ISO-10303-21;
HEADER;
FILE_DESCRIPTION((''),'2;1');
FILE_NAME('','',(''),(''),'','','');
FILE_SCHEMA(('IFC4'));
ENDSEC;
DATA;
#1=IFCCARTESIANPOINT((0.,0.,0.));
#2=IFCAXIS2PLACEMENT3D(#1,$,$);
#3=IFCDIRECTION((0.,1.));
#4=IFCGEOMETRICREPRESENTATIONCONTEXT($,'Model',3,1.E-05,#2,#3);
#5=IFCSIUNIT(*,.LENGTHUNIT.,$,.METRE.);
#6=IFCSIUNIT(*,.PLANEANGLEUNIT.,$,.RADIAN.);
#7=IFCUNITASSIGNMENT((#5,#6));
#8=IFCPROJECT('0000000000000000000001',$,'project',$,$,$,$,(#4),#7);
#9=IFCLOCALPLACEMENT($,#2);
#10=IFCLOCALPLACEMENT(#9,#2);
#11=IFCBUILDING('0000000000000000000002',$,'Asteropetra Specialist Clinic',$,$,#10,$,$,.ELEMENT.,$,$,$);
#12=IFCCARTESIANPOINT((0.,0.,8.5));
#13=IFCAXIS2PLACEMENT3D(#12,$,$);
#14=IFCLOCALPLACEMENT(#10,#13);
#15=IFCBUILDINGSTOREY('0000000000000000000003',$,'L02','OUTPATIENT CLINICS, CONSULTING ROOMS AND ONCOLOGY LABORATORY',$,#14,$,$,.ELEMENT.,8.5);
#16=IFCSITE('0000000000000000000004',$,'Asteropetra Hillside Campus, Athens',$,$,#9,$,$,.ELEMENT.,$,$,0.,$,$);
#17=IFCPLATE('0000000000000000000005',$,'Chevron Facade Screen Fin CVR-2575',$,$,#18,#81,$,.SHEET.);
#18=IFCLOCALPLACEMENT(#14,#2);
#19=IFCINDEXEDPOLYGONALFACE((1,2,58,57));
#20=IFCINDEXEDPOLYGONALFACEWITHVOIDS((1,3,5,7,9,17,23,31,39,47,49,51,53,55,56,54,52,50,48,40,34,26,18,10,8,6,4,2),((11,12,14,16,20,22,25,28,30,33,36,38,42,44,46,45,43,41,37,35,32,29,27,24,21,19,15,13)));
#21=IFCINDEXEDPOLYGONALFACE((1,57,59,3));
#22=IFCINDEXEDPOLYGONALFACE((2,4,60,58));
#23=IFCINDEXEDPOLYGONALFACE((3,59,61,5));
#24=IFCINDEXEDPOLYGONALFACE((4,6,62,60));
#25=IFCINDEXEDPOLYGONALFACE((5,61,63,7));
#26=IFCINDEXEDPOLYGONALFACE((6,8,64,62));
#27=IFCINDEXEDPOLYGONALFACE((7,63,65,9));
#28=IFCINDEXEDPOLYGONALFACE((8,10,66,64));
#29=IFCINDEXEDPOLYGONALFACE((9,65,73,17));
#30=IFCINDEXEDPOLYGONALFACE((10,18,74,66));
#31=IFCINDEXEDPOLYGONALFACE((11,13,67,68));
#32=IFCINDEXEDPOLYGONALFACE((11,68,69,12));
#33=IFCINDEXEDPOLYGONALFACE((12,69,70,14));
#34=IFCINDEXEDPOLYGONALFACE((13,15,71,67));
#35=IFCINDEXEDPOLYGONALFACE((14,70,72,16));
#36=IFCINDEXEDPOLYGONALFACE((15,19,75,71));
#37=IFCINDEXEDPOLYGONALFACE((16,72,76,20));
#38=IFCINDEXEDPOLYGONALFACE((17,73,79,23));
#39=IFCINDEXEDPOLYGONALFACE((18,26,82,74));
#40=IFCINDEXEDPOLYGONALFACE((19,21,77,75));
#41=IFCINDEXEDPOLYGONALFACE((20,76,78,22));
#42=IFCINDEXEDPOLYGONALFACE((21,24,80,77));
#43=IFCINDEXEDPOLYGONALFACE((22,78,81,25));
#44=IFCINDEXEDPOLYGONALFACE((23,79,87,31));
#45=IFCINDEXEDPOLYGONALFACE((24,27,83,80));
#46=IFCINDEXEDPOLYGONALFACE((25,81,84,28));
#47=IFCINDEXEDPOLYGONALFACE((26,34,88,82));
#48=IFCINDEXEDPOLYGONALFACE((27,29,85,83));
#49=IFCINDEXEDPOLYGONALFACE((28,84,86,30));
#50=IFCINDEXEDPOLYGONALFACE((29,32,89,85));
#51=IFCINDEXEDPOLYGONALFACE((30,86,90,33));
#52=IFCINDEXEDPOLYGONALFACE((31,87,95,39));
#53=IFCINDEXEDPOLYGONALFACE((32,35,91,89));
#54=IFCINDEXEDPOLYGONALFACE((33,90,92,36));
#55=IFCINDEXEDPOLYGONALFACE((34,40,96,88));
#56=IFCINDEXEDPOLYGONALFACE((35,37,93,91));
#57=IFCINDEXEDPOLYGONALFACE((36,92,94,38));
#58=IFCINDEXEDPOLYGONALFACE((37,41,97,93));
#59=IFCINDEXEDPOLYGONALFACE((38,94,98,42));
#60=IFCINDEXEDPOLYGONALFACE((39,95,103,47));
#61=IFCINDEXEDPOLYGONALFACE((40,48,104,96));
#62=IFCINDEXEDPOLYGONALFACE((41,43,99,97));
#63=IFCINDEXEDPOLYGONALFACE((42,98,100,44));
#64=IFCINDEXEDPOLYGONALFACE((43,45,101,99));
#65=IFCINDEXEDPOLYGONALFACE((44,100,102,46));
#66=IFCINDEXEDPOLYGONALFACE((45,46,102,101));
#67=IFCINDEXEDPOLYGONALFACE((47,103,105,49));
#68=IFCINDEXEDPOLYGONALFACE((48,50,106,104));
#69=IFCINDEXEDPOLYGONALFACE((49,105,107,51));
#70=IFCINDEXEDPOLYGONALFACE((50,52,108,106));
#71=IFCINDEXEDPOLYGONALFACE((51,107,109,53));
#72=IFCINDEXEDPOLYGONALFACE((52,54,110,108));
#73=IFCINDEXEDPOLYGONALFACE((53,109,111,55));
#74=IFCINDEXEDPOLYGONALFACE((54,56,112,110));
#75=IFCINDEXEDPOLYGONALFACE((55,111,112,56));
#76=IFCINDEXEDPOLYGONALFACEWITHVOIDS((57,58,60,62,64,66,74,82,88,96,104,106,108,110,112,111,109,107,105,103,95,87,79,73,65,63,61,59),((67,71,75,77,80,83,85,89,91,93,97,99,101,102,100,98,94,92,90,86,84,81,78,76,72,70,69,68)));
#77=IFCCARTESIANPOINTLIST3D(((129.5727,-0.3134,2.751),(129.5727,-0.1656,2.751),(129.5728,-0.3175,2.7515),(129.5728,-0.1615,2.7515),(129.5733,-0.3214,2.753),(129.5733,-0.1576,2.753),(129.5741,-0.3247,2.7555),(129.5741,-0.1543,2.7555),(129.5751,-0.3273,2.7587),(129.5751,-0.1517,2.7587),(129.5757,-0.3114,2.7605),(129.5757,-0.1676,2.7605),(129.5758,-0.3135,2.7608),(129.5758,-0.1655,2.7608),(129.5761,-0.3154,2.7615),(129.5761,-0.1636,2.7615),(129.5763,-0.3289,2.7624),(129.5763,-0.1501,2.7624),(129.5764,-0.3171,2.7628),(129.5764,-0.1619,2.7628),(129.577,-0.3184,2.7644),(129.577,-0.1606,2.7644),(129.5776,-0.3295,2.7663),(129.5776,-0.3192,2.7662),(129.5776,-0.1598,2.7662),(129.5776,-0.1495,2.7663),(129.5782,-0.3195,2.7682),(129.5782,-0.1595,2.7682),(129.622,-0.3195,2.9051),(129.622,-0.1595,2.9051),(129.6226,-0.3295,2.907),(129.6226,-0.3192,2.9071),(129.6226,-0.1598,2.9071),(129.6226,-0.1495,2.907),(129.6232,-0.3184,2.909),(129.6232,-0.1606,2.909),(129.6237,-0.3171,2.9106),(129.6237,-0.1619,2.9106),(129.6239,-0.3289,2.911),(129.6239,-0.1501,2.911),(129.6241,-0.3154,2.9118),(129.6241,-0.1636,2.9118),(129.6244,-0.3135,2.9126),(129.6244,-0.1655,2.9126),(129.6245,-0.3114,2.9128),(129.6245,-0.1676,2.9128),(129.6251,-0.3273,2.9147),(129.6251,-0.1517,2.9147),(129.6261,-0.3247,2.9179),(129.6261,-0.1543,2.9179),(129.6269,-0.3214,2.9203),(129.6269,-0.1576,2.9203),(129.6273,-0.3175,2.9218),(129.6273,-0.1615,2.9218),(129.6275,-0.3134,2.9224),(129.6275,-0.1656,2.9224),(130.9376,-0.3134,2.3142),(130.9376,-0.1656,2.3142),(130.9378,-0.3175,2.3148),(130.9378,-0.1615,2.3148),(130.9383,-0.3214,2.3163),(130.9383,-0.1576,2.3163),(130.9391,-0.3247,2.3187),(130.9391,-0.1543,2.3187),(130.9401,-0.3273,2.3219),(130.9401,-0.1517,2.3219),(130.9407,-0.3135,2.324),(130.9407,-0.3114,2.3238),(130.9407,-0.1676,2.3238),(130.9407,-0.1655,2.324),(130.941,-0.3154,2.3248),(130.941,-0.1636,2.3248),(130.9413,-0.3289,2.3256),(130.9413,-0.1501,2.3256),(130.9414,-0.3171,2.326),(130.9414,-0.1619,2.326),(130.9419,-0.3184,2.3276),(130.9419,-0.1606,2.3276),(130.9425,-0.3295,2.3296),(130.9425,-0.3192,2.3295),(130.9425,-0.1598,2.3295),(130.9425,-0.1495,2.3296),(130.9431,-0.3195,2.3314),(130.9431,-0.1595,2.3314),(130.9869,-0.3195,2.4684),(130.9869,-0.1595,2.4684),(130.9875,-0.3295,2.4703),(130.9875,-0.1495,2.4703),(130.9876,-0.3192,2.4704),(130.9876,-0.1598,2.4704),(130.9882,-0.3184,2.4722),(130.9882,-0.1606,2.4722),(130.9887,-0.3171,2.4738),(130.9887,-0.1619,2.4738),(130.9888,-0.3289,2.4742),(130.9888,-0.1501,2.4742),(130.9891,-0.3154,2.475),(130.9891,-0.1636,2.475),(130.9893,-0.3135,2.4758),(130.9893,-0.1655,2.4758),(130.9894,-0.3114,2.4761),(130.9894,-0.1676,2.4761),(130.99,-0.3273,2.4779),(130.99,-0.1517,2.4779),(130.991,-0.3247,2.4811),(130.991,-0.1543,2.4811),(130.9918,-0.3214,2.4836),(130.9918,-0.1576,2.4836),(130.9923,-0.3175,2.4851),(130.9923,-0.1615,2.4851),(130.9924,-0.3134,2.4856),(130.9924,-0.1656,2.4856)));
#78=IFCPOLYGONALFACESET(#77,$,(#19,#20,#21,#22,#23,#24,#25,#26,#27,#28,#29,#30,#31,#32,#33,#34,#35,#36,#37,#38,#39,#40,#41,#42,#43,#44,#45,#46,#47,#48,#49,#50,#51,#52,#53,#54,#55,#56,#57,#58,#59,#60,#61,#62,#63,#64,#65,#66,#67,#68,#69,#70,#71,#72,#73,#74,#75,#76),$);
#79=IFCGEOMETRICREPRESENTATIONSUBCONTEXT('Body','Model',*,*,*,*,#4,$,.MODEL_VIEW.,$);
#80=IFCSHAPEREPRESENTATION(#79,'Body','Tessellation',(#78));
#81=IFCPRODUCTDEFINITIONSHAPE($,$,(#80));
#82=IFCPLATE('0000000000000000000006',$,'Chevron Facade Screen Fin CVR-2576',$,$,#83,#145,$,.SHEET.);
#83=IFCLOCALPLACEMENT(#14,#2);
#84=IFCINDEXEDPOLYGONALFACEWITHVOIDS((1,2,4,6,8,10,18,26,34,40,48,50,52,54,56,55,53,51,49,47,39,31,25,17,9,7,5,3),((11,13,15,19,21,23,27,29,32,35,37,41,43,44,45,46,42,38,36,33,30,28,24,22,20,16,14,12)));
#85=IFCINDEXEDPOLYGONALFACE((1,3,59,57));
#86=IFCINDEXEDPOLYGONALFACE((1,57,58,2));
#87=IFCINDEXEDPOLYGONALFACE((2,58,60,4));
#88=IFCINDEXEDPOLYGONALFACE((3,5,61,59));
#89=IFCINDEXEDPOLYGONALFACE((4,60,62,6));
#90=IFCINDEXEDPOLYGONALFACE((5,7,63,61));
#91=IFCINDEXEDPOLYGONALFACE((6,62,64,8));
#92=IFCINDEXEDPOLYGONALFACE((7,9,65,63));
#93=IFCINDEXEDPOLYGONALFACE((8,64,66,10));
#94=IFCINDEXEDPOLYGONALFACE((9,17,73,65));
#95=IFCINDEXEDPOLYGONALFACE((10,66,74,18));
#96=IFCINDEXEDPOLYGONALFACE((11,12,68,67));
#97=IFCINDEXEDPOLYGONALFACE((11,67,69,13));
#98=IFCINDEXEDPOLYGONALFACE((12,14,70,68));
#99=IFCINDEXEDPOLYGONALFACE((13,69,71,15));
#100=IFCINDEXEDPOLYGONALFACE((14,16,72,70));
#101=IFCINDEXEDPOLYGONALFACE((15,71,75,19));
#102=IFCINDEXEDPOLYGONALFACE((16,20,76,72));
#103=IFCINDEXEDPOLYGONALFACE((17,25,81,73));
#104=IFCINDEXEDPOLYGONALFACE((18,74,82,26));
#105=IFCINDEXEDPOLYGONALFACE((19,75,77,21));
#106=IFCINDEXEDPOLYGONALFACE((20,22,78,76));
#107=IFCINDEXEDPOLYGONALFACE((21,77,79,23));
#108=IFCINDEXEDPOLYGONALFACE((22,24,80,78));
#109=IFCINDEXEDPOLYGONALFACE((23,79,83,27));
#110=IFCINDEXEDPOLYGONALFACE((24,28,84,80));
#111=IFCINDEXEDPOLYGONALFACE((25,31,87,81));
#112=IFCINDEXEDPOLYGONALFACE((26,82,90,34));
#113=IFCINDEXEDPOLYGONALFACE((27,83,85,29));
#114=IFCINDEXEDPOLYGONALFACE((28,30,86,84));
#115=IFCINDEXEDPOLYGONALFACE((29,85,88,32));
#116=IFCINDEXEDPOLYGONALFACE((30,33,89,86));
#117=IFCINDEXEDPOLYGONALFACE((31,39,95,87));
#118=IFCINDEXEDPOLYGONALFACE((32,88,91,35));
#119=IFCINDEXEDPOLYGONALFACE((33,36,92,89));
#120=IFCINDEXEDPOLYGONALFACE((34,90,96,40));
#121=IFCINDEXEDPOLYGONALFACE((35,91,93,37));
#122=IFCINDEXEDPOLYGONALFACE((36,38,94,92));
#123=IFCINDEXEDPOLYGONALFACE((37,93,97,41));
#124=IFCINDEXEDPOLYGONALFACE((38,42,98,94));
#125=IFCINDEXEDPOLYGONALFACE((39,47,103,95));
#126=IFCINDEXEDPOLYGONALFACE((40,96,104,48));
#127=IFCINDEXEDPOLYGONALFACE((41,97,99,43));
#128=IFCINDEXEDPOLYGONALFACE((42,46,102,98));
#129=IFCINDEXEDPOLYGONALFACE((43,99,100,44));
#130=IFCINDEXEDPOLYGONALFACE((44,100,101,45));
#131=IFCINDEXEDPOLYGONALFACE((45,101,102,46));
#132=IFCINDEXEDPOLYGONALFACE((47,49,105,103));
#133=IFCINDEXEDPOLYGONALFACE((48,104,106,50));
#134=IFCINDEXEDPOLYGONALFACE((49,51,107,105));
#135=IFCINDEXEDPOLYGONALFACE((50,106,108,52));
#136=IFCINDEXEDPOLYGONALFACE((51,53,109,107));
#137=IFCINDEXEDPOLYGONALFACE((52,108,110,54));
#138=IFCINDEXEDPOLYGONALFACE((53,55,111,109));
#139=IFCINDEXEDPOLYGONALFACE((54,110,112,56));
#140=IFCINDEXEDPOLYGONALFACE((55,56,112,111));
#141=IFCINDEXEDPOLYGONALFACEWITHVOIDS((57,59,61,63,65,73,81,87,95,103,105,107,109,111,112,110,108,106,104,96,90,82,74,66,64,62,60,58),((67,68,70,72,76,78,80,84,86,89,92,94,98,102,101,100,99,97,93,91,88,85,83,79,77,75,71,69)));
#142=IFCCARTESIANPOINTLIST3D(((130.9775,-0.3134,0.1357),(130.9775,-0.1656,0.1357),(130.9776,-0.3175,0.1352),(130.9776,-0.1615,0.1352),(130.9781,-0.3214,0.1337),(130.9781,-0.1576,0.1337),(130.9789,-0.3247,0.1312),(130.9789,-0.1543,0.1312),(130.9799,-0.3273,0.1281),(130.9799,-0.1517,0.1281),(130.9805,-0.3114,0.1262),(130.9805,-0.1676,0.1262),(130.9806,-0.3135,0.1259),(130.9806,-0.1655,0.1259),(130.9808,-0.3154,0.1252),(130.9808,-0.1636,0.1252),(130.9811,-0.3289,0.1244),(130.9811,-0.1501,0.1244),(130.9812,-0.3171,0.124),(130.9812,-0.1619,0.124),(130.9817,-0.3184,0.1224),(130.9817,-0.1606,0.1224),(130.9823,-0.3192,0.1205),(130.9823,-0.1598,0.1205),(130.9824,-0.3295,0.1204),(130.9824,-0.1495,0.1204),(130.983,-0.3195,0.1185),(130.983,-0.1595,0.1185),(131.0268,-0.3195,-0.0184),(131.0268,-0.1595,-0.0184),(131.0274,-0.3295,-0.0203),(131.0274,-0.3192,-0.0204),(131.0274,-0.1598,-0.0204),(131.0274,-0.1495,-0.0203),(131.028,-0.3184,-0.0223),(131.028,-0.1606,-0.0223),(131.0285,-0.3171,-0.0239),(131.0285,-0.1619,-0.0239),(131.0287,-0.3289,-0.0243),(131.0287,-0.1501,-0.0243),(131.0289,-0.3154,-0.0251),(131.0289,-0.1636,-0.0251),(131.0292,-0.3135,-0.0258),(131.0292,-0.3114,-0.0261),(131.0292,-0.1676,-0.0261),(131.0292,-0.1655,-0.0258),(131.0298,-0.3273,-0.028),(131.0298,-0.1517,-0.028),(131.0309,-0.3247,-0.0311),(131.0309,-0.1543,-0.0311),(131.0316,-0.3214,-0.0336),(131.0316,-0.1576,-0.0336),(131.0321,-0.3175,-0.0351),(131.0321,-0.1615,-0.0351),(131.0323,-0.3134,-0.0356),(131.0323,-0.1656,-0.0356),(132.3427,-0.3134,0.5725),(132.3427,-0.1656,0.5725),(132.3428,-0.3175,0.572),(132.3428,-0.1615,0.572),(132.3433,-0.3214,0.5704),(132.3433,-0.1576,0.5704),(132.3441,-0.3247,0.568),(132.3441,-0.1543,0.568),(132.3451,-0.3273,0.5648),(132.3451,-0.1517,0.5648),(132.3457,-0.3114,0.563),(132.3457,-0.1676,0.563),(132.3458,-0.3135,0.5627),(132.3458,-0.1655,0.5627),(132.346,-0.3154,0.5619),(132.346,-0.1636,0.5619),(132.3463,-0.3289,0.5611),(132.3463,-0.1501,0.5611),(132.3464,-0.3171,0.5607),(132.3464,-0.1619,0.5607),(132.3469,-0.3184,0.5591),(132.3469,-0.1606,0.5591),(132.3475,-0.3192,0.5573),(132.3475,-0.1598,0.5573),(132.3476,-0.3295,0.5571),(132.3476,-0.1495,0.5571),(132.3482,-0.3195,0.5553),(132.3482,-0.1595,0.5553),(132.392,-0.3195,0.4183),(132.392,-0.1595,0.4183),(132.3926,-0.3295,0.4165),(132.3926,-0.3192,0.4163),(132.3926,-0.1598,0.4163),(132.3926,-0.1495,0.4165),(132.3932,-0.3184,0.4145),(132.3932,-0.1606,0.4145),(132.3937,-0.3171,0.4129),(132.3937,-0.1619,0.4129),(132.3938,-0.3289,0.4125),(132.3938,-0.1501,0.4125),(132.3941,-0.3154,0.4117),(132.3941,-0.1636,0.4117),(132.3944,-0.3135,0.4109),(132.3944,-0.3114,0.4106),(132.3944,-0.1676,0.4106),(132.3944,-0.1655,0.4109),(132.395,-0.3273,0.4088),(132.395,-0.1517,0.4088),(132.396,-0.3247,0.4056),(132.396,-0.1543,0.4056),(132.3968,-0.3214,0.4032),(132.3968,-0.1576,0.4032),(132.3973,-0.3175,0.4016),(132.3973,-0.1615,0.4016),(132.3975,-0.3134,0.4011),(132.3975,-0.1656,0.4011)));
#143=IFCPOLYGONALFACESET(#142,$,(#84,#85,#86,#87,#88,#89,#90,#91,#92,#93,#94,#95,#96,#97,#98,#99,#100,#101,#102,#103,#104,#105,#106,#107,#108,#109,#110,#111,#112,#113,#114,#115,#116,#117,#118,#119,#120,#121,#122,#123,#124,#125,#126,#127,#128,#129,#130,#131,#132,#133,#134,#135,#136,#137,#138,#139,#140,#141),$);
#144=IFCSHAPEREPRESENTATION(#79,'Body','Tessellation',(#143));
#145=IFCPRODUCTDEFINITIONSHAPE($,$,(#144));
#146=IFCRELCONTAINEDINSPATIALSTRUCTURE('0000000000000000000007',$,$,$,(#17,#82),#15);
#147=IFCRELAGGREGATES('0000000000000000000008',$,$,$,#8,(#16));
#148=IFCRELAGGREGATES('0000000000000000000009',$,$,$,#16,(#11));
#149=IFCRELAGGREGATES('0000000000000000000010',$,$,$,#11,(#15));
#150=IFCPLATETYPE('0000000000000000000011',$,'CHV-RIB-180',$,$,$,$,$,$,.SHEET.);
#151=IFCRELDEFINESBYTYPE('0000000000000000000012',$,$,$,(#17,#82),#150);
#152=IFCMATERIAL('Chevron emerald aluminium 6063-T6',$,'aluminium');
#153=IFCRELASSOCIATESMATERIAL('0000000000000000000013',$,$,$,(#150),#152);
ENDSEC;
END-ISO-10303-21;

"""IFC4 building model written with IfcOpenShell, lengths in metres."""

from ifc_helpers import new_model, si_unit, direction, frame, origin, origin_2d, place, context, subcontext, project, spatial, hollow_rectangle, extrude, material, material_profile, profile_set, type_object, element, save


model = new_model("IFC4")

# Units and contexts
model_context = context("Model", 3, precision=1e-05, world=origin(), true_north=direction((0.0, 1.0)))
body_context = subcontext(model_context, "Body", "Model", "MODEL_VIEW")
ifc_project = project(units=[si_unit("LENGTHUNIT", "METRE"), si_unit("PLANEANGLEUNIT", "RADIAN")], contexts=[model_context])

# Site, building, storey
site_placement = place(None, origin())
site = spatial("IfcSite", under=ifc_project, at=site_placement, Name="Asteropetra Hillside Campus, Athens", CompositionType="ELEMENT", RefElevation=0.0)
building_placement = place(site_placement, origin())
building = spatial("IfcBuilding", under=site, at=building_placement, Name="Asteropetra Specialist Clinic", CompositionType="ELEMENT")
storey_placement = place(building_placement, frame((0.0, 0.0, 8.5)))
storey = spatial("IfcBuildingStorey", under=building, at=storey_placement, Name="L02", Description="OUTPATIENT CLINICS, CONSULTING ROOMS AND ONCOLOGY LABORATORY", CompositionType="ELEMENT", Elevation=8.5)

# Plates
ifc_material_1 = material(Name="Chevron emerald aluminium 6063-T6", Category="aluminium")
ifc_material_profile = material_profile(ifc_material_1, hollow_rectangle(XDim=0.1799, YDim=0.1799, WallThickness=0.01, InnerFilletRadius=0.0081, OuterFilletRadius=0.0161, at=origin_2d()), Name="SHS 180x180x10.0")
ifc_profile_set = profile_set([ifc_material_profile], Name="Chevron emerald aluminium 6063-T6")
plate_type = type_object("IfcPlateType", Name="CHV-RIB-180", PredefinedType="SHEET", material=ifc_profile_set)
for number, where, z_axis, x_axis, name in (
    (1, (129.6001, -0.2395, 2.8367), (0.95243, 0.0, -0.304757), (0.0, 1.0, 0.0), "Chevron Facade Screen Fin CVR-2575"),
):
    element("IfcPlate", number, at=place(storey_placement, frame(where, z_axis=z_axis, x_axis=x_axis)), inside=storey, type_object=plate_type, Name=name, PredefinedType="SHEET", context=body_context, shape_type="SweptSolid", body=[
        extrude(hollow_rectangle(XDim=0.1799, YDim=0.1799, WallThickness=0.01, InnerFilletRadius=0.0081, OuterFilletRadius=0.0161, at=origin_2d()), origin(), (0.0, 0.0, 1.0), 1.4331),
    ])
plate_1_placement = place(storey_placement, frame((131.0049, -0.2395, 0.05), z_axis=(0.952446, 0.0, 0.304708), x_axis=(0.0, 1.0, 0.0)))
element("IfcPlate", 2, at=plate_1_placement, inside=storey, type_object=plate_type, Name="Chevron Facade Screen Fin CVR-2576", PredefinedType="SHEET", context=body_context, shape_type="SweptSolid", body=[
    extrude(hollow_rectangle(XDim=0.1799, YDim=0.1799, WallThickness=0.01, InnerFilletRadius=0.0081, OuterFilletRadius=0.0161, at=origin_2d()), origin(), (0.0, 0.0, 1.0), 1.4333),
])

save(model, "model.ifc")
